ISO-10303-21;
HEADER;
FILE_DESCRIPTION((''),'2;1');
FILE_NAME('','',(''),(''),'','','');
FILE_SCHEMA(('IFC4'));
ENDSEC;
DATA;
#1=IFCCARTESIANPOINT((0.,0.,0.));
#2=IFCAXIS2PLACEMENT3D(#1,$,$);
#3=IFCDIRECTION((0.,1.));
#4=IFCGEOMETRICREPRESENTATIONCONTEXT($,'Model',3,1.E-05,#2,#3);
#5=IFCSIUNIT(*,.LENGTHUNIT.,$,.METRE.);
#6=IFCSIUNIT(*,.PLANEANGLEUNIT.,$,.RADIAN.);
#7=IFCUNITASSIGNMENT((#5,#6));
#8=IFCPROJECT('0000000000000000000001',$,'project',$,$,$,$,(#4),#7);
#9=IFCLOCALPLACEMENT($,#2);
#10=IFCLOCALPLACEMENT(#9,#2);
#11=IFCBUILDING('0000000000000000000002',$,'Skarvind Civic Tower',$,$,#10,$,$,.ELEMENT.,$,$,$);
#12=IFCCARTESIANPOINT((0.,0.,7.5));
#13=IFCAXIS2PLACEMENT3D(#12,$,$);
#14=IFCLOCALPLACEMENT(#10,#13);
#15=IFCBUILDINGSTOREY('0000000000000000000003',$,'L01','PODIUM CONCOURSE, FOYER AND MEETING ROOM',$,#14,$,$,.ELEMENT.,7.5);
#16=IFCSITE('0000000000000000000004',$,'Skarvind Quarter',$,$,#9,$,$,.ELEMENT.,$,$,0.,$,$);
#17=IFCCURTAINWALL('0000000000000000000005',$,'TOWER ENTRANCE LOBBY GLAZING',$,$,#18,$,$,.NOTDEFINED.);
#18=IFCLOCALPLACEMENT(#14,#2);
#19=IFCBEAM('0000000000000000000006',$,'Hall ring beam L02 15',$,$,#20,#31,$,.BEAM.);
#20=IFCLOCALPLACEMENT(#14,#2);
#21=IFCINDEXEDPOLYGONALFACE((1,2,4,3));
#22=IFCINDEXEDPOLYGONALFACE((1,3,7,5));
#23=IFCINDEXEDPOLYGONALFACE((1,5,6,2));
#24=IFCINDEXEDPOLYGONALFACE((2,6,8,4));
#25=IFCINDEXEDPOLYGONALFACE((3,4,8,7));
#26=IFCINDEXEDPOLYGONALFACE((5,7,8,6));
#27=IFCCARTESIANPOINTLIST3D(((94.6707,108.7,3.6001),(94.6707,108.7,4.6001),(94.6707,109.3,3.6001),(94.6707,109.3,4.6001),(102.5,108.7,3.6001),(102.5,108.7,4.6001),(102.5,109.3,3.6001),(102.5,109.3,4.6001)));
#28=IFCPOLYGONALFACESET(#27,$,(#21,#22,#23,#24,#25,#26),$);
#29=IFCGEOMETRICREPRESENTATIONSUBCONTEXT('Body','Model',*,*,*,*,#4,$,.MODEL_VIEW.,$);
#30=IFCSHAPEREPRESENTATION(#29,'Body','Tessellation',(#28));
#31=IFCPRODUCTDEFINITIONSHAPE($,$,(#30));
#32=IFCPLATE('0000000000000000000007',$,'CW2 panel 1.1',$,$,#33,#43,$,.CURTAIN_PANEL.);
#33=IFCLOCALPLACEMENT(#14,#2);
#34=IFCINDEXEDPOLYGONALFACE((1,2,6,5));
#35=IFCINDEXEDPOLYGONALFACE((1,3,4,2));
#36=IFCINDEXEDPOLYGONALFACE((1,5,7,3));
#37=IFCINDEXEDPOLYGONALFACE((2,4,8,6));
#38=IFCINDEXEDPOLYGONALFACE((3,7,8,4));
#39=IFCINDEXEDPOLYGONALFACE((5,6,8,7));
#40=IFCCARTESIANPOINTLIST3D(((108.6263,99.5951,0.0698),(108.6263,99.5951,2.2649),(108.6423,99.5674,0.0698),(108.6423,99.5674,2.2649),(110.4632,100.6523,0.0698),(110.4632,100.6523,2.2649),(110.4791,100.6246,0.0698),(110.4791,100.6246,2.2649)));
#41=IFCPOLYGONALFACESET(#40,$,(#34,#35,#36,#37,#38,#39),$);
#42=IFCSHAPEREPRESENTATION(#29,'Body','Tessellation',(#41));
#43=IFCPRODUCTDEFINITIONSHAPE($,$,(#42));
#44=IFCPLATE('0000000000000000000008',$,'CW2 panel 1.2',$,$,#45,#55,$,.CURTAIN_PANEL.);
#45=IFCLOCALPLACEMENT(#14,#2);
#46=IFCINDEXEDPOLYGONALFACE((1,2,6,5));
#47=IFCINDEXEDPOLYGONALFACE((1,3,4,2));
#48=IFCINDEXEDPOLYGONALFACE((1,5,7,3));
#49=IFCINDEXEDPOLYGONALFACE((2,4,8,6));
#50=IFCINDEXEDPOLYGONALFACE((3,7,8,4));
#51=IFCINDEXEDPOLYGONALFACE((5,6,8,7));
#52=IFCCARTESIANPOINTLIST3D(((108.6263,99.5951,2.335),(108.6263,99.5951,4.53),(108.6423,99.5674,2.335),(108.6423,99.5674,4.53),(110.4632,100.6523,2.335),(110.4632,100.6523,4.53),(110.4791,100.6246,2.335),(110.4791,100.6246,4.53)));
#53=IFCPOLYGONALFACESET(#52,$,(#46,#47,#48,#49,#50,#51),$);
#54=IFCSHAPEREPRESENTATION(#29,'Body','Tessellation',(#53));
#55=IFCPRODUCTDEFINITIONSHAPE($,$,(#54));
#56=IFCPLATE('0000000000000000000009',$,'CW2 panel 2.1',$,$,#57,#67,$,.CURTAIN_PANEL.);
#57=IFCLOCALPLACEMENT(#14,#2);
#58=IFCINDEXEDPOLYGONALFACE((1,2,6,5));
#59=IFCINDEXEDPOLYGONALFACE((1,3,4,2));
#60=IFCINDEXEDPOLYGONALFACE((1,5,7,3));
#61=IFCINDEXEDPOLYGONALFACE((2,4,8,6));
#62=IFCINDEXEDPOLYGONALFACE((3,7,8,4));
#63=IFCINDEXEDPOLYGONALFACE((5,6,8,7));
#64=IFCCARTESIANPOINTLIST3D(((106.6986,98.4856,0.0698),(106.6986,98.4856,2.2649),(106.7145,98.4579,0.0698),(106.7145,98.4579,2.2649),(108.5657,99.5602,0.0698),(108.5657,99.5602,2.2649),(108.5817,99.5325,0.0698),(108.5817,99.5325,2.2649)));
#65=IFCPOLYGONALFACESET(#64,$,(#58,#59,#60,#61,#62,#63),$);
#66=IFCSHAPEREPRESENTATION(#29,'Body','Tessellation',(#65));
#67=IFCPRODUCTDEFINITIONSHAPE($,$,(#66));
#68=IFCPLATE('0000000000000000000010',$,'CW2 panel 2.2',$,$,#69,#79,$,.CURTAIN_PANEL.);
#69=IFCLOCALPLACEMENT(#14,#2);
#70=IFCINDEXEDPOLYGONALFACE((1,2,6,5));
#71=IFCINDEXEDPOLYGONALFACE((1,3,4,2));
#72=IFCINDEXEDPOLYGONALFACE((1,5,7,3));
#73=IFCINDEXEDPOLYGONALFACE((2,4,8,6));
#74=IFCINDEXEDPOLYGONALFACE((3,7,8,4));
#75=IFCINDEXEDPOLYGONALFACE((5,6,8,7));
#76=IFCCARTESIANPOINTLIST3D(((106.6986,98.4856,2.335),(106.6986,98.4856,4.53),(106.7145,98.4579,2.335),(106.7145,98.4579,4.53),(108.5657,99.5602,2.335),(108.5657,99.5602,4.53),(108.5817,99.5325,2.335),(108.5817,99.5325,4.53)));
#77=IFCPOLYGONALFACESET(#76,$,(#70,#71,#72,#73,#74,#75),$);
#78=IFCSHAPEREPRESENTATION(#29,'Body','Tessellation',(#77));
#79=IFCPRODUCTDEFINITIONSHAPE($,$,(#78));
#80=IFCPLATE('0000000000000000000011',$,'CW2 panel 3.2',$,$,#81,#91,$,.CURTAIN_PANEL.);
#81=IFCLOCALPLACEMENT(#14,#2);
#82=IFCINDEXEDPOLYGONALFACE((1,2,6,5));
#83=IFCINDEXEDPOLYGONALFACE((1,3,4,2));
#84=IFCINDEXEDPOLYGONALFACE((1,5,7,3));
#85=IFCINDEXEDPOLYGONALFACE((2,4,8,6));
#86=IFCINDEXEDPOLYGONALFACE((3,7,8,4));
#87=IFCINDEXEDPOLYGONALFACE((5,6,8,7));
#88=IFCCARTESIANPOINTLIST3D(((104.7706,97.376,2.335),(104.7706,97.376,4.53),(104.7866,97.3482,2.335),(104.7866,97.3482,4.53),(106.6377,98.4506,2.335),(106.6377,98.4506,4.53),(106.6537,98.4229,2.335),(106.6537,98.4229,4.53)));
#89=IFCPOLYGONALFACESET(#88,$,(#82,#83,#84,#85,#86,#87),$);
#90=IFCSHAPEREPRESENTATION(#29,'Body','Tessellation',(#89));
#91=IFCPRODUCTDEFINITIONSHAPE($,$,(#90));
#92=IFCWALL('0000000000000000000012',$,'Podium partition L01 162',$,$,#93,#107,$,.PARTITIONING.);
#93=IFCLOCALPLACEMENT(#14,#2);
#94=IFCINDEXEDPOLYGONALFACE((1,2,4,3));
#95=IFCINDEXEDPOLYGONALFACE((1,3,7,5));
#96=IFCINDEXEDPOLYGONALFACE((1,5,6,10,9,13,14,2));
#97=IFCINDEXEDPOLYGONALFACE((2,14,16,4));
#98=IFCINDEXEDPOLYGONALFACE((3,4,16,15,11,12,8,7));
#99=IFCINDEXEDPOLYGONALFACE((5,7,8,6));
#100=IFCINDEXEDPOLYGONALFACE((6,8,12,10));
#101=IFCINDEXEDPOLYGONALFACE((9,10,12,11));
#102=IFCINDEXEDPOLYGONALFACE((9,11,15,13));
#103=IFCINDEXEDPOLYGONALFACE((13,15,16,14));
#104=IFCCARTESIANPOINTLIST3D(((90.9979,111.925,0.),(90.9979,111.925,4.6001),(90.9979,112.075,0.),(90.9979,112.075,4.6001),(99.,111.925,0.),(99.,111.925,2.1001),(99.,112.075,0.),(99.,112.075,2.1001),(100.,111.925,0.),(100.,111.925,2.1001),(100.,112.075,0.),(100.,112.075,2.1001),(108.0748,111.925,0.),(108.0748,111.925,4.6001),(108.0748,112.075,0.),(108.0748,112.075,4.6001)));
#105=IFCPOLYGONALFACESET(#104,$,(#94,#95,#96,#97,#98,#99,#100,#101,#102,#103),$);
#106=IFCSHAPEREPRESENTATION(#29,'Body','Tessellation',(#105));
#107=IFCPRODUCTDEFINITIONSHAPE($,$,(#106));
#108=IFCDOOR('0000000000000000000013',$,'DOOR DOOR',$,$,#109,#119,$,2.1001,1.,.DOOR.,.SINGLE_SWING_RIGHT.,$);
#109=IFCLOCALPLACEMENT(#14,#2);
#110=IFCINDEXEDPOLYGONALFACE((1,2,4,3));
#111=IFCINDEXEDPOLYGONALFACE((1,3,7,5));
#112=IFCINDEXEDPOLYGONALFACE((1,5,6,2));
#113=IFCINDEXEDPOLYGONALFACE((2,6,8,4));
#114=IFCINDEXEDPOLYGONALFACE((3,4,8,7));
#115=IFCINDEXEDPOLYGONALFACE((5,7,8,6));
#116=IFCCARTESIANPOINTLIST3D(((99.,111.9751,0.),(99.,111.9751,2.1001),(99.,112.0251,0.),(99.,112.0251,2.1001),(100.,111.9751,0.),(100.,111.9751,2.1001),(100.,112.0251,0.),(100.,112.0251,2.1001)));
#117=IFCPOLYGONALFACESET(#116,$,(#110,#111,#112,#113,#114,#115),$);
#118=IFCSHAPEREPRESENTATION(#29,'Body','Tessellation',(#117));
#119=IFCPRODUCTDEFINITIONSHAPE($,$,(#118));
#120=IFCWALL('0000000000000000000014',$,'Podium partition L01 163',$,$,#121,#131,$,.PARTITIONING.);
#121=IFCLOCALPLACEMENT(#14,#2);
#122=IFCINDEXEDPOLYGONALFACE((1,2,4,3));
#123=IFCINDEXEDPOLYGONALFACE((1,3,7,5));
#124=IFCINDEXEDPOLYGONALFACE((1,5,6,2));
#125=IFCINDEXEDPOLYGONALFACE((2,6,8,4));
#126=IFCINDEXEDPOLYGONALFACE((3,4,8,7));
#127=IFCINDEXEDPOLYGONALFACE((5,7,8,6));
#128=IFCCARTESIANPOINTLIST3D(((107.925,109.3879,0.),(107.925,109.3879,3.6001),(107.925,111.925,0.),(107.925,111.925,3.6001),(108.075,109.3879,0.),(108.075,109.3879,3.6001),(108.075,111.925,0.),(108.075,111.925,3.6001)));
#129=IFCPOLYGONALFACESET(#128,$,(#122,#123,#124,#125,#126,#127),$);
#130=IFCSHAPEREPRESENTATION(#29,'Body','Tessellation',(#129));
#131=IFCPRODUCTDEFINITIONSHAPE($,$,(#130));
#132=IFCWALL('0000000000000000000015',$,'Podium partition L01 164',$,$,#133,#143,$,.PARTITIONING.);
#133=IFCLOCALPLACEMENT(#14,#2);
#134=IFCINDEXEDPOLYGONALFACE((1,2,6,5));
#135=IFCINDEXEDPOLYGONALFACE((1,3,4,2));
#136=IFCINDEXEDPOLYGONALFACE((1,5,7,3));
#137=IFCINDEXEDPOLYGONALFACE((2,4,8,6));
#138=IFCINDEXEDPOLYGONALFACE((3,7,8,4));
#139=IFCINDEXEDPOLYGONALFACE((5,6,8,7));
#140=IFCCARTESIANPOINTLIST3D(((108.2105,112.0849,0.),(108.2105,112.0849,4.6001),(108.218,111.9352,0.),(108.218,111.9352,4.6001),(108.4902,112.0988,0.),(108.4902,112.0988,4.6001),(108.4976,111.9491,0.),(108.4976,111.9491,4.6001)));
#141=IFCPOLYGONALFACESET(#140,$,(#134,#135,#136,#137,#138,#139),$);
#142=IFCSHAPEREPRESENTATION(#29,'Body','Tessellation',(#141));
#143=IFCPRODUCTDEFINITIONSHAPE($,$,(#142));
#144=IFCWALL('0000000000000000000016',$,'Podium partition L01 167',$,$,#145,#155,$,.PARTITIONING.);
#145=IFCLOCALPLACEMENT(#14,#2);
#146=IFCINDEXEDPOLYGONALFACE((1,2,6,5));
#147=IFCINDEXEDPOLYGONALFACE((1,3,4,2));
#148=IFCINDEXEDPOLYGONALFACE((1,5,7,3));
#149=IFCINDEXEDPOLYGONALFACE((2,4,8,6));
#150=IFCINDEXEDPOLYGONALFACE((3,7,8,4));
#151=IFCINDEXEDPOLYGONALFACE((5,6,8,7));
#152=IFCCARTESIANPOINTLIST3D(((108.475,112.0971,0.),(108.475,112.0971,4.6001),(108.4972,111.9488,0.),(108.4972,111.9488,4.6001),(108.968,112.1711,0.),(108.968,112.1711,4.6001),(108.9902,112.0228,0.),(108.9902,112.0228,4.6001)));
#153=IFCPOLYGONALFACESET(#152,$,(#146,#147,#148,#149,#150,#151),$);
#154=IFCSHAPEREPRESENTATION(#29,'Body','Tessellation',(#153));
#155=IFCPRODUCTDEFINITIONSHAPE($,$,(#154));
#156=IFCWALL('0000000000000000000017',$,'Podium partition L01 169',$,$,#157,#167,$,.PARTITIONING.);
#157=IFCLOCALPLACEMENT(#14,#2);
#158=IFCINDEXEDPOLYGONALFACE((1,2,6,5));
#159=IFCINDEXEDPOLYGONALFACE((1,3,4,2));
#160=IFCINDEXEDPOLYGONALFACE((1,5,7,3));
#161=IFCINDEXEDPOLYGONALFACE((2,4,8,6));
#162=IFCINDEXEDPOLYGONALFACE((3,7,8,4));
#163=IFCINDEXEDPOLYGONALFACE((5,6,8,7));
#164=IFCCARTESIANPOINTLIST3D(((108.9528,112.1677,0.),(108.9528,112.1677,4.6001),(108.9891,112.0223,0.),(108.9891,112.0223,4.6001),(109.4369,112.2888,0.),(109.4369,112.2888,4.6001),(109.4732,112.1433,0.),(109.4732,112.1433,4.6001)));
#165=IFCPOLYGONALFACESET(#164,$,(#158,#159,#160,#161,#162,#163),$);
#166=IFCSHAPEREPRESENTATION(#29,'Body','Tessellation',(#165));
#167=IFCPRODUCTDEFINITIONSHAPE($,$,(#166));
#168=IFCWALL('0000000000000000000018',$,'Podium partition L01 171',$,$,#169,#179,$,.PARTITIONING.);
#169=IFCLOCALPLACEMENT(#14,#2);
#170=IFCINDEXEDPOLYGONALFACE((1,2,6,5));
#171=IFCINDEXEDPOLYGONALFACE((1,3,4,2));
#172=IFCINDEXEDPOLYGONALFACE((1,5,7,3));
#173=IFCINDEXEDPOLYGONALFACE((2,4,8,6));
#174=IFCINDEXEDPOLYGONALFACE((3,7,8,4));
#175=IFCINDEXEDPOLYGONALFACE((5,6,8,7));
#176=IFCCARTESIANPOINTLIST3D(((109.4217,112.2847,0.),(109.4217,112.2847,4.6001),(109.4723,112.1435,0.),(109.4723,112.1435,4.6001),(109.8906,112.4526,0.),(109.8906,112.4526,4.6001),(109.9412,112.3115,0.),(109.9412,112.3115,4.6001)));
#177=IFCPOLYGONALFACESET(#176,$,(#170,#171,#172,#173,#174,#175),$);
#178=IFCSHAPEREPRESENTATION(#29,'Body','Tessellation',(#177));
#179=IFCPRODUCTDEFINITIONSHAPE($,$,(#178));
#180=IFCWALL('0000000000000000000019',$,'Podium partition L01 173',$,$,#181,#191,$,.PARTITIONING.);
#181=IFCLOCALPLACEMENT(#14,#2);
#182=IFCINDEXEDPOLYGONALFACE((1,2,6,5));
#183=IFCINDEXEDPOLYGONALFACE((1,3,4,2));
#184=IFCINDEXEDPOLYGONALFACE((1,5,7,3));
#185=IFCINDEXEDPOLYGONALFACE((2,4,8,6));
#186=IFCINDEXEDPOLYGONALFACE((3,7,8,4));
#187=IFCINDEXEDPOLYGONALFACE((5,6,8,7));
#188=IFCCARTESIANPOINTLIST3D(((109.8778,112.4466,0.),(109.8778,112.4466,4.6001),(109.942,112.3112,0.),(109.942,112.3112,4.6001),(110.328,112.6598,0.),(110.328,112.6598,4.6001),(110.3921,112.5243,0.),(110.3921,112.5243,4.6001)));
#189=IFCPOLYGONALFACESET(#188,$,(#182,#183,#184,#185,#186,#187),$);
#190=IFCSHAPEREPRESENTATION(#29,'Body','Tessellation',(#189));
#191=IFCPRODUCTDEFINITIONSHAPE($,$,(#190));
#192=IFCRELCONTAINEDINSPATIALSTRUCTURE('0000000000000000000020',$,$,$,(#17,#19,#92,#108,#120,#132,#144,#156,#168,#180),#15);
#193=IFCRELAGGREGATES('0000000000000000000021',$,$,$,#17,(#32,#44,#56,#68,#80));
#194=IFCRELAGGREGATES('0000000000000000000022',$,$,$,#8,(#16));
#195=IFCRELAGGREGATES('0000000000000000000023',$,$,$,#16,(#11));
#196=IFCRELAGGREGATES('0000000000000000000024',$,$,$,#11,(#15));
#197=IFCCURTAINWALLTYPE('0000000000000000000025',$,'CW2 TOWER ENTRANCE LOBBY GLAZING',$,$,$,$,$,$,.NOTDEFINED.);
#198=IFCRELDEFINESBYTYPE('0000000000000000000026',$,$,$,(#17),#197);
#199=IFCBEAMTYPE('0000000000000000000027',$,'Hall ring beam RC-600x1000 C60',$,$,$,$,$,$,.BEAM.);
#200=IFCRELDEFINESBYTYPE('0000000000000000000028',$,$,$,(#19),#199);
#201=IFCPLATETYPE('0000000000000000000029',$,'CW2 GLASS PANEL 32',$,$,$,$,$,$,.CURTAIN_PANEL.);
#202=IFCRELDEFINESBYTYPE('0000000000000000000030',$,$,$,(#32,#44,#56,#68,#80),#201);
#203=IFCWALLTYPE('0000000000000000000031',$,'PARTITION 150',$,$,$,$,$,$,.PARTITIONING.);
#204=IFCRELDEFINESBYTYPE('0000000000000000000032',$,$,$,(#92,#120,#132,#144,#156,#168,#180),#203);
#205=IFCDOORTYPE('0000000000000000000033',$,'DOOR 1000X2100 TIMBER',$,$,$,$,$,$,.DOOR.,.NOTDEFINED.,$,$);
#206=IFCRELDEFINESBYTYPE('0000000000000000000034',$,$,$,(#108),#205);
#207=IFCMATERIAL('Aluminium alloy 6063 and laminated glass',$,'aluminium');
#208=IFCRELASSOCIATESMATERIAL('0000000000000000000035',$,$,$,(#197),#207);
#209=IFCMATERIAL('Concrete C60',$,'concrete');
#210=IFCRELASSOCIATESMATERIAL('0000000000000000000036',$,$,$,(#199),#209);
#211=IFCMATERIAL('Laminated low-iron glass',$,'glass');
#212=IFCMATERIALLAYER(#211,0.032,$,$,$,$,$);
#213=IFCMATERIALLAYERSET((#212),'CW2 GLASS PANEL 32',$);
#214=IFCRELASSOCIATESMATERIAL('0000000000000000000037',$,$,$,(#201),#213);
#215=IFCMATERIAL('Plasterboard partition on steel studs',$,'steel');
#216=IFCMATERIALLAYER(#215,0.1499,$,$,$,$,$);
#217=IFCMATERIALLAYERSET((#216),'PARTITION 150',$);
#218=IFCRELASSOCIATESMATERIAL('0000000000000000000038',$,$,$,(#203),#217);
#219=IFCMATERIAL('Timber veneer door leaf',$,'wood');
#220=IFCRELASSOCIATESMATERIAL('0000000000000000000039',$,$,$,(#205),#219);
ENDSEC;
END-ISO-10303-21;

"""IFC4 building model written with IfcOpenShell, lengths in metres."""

from ifc_helpers import new_model, si_unit, direction, frame, frame_2d, origin, origin_2d, place, context, subcontext, project, spatial, rectangle, extrude, material, layer, layer_set, material_profile, profile_set, type_object, element, fill, aggregate, save


model = new_model("IFC4")

# Units and contexts
model_context = context("Model", 3, precision=1e-05, world=origin(), true_north=direction((0.0, 1.0)))
body_context = subcontext(model_context, "Body", "Model", "MODEL_VIEW")
ifc_project = project(units=[si_unit("LENGTHUNIT", "METRE"), si_unit("PLANEANGLEUNIT", "RADIAN")], contexts=[model_context])

# Site, building, storey
site_placement = place(None, origin())
site = spatial("IfcSite", under=ifc_project, at=site_placement, Name="Skarvind Quarter", CompositionType="ELEMENT", RefElevation=0.0)
building_placement = place(site_placement, origin())
building = spatial("IfcBuilding", under=site, at=building_placement, Name="Skarvind Civic Tower", CompositionType="ELEMENT")
storey_placement = place(building_placement, frame((0.0, 0.0, 7.5)))
storey = spatial("IfcBuildingStorey", under=building, at=storey_placement, Name="L01", Description="PODIUM CONCOURSE, FOYER AND MEETING ROOM", CompositionType="ELEMENT", Elevation=7.5)

# Shared definitions
ifc_material_1 = material(Name="Concrete C60", Category="concrete")

# Curtain wall
ifc_material_2 = material(Name="Aluminium alloy 6063 and laminated glass", Category="aluminium")
curtain_wall_type = type_object("IfcCurtainWallType", Name="CW2 TOWER ENTRANCE LOBBY GLAZING", PredefinedType="NOTDEFINED", material=ifc_material_2)
curtain_wall_placement = place(storey_placement, origin())
curtain_wall = element("IfcCurtainWall", 1, at=curtain_wall_placement, inside=storey, type_object=curtain_wall_type, Name="TOWER ENTRANCE LOBBY GLAZING", PredefinedType="NOTDEFINED")

# Beam
ifc_material_profile_1 = material_profile(ifc_material_1, rectangle(XDim=0.6001, YDim=1.0, at=origin_2d()), Name="RC-600x1000")
ifc_profile_set_1 = profile_set([ifc_material_profile_1], Name="Concrete C60")
beam_type = type_object("IfcBeamType", Name="Hall ring beam RC-600x1000 C60", PredefinedType="BEAM", material=ifc_profile_set_1)
beam_1_placement = place(storey_placement, frame((102.5, 109.0, 4.1001), z_axis=(-1.0, 0.0, 0.0), x_axis=(0.0, -1.0, 0.0)))
element("IfcBeam", 2, at=beam_1_placement, inside=storey, type_object=beam_type, Name="Hall ring beam L02 15", PredefinedType="BEAM", context=body_context, shape_type="SweptSolid", body=[
    extrude(rectangle(XDim=0.6001, YDim=1.0, at=origin_2d()), origin(), (0.0, 0.0, 1.0), 7.8293),
])

# Plates
ifc_material_3 = material(Name="Laminated low-iron glass", Category="glass")
ifc_layer_1 = layer(ifc_material_3, 0.032)
ifc_layer_set_1 = layer_set([ifc_layer_1], Name="CW2 GLASS PANEL 32")
plate_type = type_object("IfcPlateType", Name="CW2 GLASS PANEL 32", PredefinedType="CURTAIN_PANEL", material=ifc_layer_set_1)
plate_1_placement = place(storey_placement, frame((109.5527, 100.1099, 0.0698), z_axis=(0.0, 0.0, 1.0), x_axis=(-0.866702, -0.498825, 0.0)))
plate_1 = element("IfcPlate", 3, at=plate_1_placement, type_object=plate_type, Name="CW2 panel 1.1", PredefinedType="CURTAIN_PANEL", context=body_context, shape_type="SweptSolid", body=[
    extrude(rectangle(XDim=2.1194, YDim=0.032, at=origin_2d()), origin(), (0.0, 0.0, 1.0), 2.1951),
])
plate_2_placement = place(storey_placement, frame((109.5527, 100.1099, 2.335), z_axis=(0.0, 0.0, 1.0), x_axis=(-0.866702, -0.498825, 0.0)))
plate_2 = element("IfcPlate", 4, at=plate_2_placement, type_object=plate_type, Name="CW2 panel 1.2", PredefinedType="CURTAIN_PANEL", context=body_context, shape_type="SweptSolid", body=[
    extrude(rectangle(XDim=2.1194, YDim=0.032, at=origin_2d()), origin(), (0.0, 0.0, 1.0), 2.1951),
])
plate_3_placement = place(storey_placement, frame((107.6401, 99.009, 0.0698), z_axis=(0.0, 0.0, 1.0), x_axis=(-0.866702, -0.498825, 0.0)))
plate_3 = element("IfcPlate", 5, at=plate_3_placement, type_object=plate_type, Name="CW2 panel 2.1", PredefinedType="CURTAIN_PANEL", context=body_context, shape_type="SweptSolid", body=[
    extrude(rectangle(XDim=2.1543, YDim=0.032, at=origin_2d()), origin(), (0.0, 0.0, 1.0), 2.1951),
])
plate_4_placement = place(storey_placement, frame((107.6401, 99.009, 2.335), z_axis=(0.0, 0.0, 1.0), x_axis=(-0.866702, -0.498825, 0.0)))
plate_4 = element("IfcPlate", 6, at=plate_4_placement, type_object=plate_type, Name="CW2 panel 2.2", PredefinedType="CURTAIN_PANEL", context=body_context, shape_type="SweptSolid", body=[
    extrude(rectangle(XDim=2.1543, YDim=0.032, at=origin_2d()), origin(), (0.0, 0.0, 1.0), 2.1951),
])
plate_5_placement = place(storey_placement, frame((105.7122, 97.8994, 2.335), z_axis=(0.0, 0.0, 1.0), x_axis=(-0.866702, -0.498825, 0.0)))
plate_5 = element("IfcPlate", 7, at=plate_5_placement, type_object=plate_type, Name="CW2 panel 3.2", PredefinedType="CURTAIN_PANEL", context=body_context, shape_type="SweptSolid", body=[
    extrude(rectangle(XDim=2.1543, YDim=0.032, at=origin_2d()), origin(), (0.0, 0.0, 1.0), 2.1951),
])
aggregate(curtain_wall, [plate_1, plate_2, plate_3, plate_4, plate_5])

# Wall, opening, door
ifc_material_4 = material(Name="Plasterboard partition on steel studs", Category="steel")
ifc_layer_2 = layer(ifc_material_4, 0.1499)
ifc_layer_set_2 = layer_set([ifc_layer_2], Name="PARTITION 150")
wall_type = type_object("IfcWallType", Name="PARTITION 150", PredefinedType="PARTITIONING", material=ifc_layer_set_2)
wall_1_placement = place(storey_placement, frame((108.075, 112.0, 0.0), z_axis=(0.0, 0.0, 1.0), x_axis=(-1.0, 0.0, 0.0)))
wall_1 = element("IfcWall", 8, at=wall_1_placement, inside=storey, type_object=wall_type, Name="Podium partition L01 162", PredefinedType="PARTITIONING", context=body_context, shape_type="SweptSolid", body=[
    extrude(rectangle(XDim=17.0769, YDim=0.1499, at=frame_2d((8.5386, 0.0))), origin(), (0.0, 0.0, 1.0), 4.6001),
])
opening_placement = place(wall_1_placement, frame((8.075, 0.0, 0.0)))
opening = element("IfcOpeningElement", 9, at=opening_placement, cuts=wall_1, PredefinedType="OPENING", context=body_context, shape_type="SweptSolid", body=[
    extrude(rectangle(XDim=1.0, YDim=2.1001, at=frame_2d((0.5, 1.05))), frame((0.0, 0.085, 0.0), z_axis=(0.0, -1.0, 0.0), x_axis=(1.0, 0.0, 0.0)), (0.0, 0.0, 1.0), 0.1699),
])
ifc_material_5 = material(Name="Timber veneer door leaf", Category="wood")
door_type = type_object("IfcDoorType", Name="DOOR 1000X2100 TIMBER", OperationType="NOTDEFINED", PredefinedType="DOOR", material=ifc_material_5)
door_placement = place(opening_placement, origin())
door = element("IfcDoor", 10, at=door_placement, inside=storey, type_object=door_type, Name="DOOR DOOR", OperationType="SINGLE_SWING_RIGHT", OverallHeight=2.1001, OverallWidth=1.0, PredefinedType="DOOR", context=body_context, shape_type="SweptSolid", body=[
    extrude(rectangle(XDim=1.0, YDim=2.1001, at=frame_2d((0.5, 1.05))), frame((0.0, 0.0249, 0.0), z_axis=(0.0, -1.0, 0.0), x_axis=(1.0, 0.0, 0.0)), (0.0, 0.0, 1.0), 0.05),
])
fill(opening, door)

# Walls
wall_2_placement = place(storey_placement, frame((108.0, 109.3879, 0.0), z_axis=(0.0, 0.0, 1.0), x_axis=(0.0, 1.0, 0.0)))
element("IfcWall", 11, at=wall_2_placement, inside=storey, type_object=wall_type, Name="Podium partition L01 163", PredefinedType="PARTITIONING", context=body_context, shape_type="SweptSolid", body=[
    extrude(rectangle(XDim=2.5371, YDim=0.1499, at=frame_2d((1.2686, 0.0))), origin(), (0.0, 0.0, 1.0), 3.6001),
])
wall_3_placement = place(storey_placement, frame((108.2141, 112.01, 0.0), z_axis=(0.0, 0.0, 1.0), x_axis=(0.998765, 0.049677, 0.0)))
element("IfcWall", 12, at=wall_3_placement, inside=storey, type_object=wall_type, Name="Podium partition L01 164", PredefinedType="PARTITIONING", context=body_context, shape_type="SweptSolid", body=[
    extrude(rectangle(XDim=0.28, YDim=0.1499, at=frame_2d((0.1401, 0.0))), origin(), (0.0, 0.0, 1.0), 4.6001),
])
wall_4_placement = place(storey_placement, frame((108.4861, 112.0229, 0.0), z_axis=(0.0, 0.0, 1.0), x_axis=(0.988926, 0.148412, 0.0)))
element("IfcWall", 13, at=wall_4_placement, inside=storey, type_object=wall_type, Name="Podium partition L01 167", PredefinedType="PARTITIONING", context=body_context, shape_type="SweptSolid", body=[
    extrude(rectangle(XDim=0.4985, YDim=0.1499, at=frame_2d((0.2493, 0.0))), origin(), (0.0, 0.0, 1.0), 4.6001),
])
wall_5_placement = place(storey_placement, frame((108.9709, 112.095, 0.0), z_axis=(0.0, 0.0, 1.0), x_axis=(0.970114, 0.242651, 0.0)))
element("IfcWall", 14, at=wall_5_placement, inside=storey, type_object=wall_type, Name="Podium partition L01 169", PredefinedType="PARTITIONING", context=body_context, shape_type="SweptSolid", body=[
    extrude(rectangle(XDim=0.499, YDim=0.1499, at=frame_2d((0.2495, 0.0))), origin(), (0.0, 0.0, 1.0), 4.6001),
])
for number, where, z_axis, x_axis, name in (
    (15, (109.447, 112.2141, 0.0), (0.0, 0.0, 1.0), (0.941442, 0.337174, 0.0), "Podium partition L01 171"),
    (16, (109.9099, 112.3789, 0.0), (0.0, 0.0, 1.0), (0.903828, 0.427897, 0.0), "Podium partition L01 173"),
):
    element("IfcWall", number, at=place(storey_placement, frame(where, z_axis=z_axis, x_axis=x_axis)), inside=storey, type_object=wall_type, Name=name, PredefinedType="PARTITIONING", context=body_context, shape_type="SweptSolid", body=[
        extrude(rectangle(XDim=0.498, YDim=0.1499, at=frame_2d((0.249, 0.0))), origin(), (0.0, 0.0, 1.0), 4.6001),
    ])

save(model, "model.ifc")
